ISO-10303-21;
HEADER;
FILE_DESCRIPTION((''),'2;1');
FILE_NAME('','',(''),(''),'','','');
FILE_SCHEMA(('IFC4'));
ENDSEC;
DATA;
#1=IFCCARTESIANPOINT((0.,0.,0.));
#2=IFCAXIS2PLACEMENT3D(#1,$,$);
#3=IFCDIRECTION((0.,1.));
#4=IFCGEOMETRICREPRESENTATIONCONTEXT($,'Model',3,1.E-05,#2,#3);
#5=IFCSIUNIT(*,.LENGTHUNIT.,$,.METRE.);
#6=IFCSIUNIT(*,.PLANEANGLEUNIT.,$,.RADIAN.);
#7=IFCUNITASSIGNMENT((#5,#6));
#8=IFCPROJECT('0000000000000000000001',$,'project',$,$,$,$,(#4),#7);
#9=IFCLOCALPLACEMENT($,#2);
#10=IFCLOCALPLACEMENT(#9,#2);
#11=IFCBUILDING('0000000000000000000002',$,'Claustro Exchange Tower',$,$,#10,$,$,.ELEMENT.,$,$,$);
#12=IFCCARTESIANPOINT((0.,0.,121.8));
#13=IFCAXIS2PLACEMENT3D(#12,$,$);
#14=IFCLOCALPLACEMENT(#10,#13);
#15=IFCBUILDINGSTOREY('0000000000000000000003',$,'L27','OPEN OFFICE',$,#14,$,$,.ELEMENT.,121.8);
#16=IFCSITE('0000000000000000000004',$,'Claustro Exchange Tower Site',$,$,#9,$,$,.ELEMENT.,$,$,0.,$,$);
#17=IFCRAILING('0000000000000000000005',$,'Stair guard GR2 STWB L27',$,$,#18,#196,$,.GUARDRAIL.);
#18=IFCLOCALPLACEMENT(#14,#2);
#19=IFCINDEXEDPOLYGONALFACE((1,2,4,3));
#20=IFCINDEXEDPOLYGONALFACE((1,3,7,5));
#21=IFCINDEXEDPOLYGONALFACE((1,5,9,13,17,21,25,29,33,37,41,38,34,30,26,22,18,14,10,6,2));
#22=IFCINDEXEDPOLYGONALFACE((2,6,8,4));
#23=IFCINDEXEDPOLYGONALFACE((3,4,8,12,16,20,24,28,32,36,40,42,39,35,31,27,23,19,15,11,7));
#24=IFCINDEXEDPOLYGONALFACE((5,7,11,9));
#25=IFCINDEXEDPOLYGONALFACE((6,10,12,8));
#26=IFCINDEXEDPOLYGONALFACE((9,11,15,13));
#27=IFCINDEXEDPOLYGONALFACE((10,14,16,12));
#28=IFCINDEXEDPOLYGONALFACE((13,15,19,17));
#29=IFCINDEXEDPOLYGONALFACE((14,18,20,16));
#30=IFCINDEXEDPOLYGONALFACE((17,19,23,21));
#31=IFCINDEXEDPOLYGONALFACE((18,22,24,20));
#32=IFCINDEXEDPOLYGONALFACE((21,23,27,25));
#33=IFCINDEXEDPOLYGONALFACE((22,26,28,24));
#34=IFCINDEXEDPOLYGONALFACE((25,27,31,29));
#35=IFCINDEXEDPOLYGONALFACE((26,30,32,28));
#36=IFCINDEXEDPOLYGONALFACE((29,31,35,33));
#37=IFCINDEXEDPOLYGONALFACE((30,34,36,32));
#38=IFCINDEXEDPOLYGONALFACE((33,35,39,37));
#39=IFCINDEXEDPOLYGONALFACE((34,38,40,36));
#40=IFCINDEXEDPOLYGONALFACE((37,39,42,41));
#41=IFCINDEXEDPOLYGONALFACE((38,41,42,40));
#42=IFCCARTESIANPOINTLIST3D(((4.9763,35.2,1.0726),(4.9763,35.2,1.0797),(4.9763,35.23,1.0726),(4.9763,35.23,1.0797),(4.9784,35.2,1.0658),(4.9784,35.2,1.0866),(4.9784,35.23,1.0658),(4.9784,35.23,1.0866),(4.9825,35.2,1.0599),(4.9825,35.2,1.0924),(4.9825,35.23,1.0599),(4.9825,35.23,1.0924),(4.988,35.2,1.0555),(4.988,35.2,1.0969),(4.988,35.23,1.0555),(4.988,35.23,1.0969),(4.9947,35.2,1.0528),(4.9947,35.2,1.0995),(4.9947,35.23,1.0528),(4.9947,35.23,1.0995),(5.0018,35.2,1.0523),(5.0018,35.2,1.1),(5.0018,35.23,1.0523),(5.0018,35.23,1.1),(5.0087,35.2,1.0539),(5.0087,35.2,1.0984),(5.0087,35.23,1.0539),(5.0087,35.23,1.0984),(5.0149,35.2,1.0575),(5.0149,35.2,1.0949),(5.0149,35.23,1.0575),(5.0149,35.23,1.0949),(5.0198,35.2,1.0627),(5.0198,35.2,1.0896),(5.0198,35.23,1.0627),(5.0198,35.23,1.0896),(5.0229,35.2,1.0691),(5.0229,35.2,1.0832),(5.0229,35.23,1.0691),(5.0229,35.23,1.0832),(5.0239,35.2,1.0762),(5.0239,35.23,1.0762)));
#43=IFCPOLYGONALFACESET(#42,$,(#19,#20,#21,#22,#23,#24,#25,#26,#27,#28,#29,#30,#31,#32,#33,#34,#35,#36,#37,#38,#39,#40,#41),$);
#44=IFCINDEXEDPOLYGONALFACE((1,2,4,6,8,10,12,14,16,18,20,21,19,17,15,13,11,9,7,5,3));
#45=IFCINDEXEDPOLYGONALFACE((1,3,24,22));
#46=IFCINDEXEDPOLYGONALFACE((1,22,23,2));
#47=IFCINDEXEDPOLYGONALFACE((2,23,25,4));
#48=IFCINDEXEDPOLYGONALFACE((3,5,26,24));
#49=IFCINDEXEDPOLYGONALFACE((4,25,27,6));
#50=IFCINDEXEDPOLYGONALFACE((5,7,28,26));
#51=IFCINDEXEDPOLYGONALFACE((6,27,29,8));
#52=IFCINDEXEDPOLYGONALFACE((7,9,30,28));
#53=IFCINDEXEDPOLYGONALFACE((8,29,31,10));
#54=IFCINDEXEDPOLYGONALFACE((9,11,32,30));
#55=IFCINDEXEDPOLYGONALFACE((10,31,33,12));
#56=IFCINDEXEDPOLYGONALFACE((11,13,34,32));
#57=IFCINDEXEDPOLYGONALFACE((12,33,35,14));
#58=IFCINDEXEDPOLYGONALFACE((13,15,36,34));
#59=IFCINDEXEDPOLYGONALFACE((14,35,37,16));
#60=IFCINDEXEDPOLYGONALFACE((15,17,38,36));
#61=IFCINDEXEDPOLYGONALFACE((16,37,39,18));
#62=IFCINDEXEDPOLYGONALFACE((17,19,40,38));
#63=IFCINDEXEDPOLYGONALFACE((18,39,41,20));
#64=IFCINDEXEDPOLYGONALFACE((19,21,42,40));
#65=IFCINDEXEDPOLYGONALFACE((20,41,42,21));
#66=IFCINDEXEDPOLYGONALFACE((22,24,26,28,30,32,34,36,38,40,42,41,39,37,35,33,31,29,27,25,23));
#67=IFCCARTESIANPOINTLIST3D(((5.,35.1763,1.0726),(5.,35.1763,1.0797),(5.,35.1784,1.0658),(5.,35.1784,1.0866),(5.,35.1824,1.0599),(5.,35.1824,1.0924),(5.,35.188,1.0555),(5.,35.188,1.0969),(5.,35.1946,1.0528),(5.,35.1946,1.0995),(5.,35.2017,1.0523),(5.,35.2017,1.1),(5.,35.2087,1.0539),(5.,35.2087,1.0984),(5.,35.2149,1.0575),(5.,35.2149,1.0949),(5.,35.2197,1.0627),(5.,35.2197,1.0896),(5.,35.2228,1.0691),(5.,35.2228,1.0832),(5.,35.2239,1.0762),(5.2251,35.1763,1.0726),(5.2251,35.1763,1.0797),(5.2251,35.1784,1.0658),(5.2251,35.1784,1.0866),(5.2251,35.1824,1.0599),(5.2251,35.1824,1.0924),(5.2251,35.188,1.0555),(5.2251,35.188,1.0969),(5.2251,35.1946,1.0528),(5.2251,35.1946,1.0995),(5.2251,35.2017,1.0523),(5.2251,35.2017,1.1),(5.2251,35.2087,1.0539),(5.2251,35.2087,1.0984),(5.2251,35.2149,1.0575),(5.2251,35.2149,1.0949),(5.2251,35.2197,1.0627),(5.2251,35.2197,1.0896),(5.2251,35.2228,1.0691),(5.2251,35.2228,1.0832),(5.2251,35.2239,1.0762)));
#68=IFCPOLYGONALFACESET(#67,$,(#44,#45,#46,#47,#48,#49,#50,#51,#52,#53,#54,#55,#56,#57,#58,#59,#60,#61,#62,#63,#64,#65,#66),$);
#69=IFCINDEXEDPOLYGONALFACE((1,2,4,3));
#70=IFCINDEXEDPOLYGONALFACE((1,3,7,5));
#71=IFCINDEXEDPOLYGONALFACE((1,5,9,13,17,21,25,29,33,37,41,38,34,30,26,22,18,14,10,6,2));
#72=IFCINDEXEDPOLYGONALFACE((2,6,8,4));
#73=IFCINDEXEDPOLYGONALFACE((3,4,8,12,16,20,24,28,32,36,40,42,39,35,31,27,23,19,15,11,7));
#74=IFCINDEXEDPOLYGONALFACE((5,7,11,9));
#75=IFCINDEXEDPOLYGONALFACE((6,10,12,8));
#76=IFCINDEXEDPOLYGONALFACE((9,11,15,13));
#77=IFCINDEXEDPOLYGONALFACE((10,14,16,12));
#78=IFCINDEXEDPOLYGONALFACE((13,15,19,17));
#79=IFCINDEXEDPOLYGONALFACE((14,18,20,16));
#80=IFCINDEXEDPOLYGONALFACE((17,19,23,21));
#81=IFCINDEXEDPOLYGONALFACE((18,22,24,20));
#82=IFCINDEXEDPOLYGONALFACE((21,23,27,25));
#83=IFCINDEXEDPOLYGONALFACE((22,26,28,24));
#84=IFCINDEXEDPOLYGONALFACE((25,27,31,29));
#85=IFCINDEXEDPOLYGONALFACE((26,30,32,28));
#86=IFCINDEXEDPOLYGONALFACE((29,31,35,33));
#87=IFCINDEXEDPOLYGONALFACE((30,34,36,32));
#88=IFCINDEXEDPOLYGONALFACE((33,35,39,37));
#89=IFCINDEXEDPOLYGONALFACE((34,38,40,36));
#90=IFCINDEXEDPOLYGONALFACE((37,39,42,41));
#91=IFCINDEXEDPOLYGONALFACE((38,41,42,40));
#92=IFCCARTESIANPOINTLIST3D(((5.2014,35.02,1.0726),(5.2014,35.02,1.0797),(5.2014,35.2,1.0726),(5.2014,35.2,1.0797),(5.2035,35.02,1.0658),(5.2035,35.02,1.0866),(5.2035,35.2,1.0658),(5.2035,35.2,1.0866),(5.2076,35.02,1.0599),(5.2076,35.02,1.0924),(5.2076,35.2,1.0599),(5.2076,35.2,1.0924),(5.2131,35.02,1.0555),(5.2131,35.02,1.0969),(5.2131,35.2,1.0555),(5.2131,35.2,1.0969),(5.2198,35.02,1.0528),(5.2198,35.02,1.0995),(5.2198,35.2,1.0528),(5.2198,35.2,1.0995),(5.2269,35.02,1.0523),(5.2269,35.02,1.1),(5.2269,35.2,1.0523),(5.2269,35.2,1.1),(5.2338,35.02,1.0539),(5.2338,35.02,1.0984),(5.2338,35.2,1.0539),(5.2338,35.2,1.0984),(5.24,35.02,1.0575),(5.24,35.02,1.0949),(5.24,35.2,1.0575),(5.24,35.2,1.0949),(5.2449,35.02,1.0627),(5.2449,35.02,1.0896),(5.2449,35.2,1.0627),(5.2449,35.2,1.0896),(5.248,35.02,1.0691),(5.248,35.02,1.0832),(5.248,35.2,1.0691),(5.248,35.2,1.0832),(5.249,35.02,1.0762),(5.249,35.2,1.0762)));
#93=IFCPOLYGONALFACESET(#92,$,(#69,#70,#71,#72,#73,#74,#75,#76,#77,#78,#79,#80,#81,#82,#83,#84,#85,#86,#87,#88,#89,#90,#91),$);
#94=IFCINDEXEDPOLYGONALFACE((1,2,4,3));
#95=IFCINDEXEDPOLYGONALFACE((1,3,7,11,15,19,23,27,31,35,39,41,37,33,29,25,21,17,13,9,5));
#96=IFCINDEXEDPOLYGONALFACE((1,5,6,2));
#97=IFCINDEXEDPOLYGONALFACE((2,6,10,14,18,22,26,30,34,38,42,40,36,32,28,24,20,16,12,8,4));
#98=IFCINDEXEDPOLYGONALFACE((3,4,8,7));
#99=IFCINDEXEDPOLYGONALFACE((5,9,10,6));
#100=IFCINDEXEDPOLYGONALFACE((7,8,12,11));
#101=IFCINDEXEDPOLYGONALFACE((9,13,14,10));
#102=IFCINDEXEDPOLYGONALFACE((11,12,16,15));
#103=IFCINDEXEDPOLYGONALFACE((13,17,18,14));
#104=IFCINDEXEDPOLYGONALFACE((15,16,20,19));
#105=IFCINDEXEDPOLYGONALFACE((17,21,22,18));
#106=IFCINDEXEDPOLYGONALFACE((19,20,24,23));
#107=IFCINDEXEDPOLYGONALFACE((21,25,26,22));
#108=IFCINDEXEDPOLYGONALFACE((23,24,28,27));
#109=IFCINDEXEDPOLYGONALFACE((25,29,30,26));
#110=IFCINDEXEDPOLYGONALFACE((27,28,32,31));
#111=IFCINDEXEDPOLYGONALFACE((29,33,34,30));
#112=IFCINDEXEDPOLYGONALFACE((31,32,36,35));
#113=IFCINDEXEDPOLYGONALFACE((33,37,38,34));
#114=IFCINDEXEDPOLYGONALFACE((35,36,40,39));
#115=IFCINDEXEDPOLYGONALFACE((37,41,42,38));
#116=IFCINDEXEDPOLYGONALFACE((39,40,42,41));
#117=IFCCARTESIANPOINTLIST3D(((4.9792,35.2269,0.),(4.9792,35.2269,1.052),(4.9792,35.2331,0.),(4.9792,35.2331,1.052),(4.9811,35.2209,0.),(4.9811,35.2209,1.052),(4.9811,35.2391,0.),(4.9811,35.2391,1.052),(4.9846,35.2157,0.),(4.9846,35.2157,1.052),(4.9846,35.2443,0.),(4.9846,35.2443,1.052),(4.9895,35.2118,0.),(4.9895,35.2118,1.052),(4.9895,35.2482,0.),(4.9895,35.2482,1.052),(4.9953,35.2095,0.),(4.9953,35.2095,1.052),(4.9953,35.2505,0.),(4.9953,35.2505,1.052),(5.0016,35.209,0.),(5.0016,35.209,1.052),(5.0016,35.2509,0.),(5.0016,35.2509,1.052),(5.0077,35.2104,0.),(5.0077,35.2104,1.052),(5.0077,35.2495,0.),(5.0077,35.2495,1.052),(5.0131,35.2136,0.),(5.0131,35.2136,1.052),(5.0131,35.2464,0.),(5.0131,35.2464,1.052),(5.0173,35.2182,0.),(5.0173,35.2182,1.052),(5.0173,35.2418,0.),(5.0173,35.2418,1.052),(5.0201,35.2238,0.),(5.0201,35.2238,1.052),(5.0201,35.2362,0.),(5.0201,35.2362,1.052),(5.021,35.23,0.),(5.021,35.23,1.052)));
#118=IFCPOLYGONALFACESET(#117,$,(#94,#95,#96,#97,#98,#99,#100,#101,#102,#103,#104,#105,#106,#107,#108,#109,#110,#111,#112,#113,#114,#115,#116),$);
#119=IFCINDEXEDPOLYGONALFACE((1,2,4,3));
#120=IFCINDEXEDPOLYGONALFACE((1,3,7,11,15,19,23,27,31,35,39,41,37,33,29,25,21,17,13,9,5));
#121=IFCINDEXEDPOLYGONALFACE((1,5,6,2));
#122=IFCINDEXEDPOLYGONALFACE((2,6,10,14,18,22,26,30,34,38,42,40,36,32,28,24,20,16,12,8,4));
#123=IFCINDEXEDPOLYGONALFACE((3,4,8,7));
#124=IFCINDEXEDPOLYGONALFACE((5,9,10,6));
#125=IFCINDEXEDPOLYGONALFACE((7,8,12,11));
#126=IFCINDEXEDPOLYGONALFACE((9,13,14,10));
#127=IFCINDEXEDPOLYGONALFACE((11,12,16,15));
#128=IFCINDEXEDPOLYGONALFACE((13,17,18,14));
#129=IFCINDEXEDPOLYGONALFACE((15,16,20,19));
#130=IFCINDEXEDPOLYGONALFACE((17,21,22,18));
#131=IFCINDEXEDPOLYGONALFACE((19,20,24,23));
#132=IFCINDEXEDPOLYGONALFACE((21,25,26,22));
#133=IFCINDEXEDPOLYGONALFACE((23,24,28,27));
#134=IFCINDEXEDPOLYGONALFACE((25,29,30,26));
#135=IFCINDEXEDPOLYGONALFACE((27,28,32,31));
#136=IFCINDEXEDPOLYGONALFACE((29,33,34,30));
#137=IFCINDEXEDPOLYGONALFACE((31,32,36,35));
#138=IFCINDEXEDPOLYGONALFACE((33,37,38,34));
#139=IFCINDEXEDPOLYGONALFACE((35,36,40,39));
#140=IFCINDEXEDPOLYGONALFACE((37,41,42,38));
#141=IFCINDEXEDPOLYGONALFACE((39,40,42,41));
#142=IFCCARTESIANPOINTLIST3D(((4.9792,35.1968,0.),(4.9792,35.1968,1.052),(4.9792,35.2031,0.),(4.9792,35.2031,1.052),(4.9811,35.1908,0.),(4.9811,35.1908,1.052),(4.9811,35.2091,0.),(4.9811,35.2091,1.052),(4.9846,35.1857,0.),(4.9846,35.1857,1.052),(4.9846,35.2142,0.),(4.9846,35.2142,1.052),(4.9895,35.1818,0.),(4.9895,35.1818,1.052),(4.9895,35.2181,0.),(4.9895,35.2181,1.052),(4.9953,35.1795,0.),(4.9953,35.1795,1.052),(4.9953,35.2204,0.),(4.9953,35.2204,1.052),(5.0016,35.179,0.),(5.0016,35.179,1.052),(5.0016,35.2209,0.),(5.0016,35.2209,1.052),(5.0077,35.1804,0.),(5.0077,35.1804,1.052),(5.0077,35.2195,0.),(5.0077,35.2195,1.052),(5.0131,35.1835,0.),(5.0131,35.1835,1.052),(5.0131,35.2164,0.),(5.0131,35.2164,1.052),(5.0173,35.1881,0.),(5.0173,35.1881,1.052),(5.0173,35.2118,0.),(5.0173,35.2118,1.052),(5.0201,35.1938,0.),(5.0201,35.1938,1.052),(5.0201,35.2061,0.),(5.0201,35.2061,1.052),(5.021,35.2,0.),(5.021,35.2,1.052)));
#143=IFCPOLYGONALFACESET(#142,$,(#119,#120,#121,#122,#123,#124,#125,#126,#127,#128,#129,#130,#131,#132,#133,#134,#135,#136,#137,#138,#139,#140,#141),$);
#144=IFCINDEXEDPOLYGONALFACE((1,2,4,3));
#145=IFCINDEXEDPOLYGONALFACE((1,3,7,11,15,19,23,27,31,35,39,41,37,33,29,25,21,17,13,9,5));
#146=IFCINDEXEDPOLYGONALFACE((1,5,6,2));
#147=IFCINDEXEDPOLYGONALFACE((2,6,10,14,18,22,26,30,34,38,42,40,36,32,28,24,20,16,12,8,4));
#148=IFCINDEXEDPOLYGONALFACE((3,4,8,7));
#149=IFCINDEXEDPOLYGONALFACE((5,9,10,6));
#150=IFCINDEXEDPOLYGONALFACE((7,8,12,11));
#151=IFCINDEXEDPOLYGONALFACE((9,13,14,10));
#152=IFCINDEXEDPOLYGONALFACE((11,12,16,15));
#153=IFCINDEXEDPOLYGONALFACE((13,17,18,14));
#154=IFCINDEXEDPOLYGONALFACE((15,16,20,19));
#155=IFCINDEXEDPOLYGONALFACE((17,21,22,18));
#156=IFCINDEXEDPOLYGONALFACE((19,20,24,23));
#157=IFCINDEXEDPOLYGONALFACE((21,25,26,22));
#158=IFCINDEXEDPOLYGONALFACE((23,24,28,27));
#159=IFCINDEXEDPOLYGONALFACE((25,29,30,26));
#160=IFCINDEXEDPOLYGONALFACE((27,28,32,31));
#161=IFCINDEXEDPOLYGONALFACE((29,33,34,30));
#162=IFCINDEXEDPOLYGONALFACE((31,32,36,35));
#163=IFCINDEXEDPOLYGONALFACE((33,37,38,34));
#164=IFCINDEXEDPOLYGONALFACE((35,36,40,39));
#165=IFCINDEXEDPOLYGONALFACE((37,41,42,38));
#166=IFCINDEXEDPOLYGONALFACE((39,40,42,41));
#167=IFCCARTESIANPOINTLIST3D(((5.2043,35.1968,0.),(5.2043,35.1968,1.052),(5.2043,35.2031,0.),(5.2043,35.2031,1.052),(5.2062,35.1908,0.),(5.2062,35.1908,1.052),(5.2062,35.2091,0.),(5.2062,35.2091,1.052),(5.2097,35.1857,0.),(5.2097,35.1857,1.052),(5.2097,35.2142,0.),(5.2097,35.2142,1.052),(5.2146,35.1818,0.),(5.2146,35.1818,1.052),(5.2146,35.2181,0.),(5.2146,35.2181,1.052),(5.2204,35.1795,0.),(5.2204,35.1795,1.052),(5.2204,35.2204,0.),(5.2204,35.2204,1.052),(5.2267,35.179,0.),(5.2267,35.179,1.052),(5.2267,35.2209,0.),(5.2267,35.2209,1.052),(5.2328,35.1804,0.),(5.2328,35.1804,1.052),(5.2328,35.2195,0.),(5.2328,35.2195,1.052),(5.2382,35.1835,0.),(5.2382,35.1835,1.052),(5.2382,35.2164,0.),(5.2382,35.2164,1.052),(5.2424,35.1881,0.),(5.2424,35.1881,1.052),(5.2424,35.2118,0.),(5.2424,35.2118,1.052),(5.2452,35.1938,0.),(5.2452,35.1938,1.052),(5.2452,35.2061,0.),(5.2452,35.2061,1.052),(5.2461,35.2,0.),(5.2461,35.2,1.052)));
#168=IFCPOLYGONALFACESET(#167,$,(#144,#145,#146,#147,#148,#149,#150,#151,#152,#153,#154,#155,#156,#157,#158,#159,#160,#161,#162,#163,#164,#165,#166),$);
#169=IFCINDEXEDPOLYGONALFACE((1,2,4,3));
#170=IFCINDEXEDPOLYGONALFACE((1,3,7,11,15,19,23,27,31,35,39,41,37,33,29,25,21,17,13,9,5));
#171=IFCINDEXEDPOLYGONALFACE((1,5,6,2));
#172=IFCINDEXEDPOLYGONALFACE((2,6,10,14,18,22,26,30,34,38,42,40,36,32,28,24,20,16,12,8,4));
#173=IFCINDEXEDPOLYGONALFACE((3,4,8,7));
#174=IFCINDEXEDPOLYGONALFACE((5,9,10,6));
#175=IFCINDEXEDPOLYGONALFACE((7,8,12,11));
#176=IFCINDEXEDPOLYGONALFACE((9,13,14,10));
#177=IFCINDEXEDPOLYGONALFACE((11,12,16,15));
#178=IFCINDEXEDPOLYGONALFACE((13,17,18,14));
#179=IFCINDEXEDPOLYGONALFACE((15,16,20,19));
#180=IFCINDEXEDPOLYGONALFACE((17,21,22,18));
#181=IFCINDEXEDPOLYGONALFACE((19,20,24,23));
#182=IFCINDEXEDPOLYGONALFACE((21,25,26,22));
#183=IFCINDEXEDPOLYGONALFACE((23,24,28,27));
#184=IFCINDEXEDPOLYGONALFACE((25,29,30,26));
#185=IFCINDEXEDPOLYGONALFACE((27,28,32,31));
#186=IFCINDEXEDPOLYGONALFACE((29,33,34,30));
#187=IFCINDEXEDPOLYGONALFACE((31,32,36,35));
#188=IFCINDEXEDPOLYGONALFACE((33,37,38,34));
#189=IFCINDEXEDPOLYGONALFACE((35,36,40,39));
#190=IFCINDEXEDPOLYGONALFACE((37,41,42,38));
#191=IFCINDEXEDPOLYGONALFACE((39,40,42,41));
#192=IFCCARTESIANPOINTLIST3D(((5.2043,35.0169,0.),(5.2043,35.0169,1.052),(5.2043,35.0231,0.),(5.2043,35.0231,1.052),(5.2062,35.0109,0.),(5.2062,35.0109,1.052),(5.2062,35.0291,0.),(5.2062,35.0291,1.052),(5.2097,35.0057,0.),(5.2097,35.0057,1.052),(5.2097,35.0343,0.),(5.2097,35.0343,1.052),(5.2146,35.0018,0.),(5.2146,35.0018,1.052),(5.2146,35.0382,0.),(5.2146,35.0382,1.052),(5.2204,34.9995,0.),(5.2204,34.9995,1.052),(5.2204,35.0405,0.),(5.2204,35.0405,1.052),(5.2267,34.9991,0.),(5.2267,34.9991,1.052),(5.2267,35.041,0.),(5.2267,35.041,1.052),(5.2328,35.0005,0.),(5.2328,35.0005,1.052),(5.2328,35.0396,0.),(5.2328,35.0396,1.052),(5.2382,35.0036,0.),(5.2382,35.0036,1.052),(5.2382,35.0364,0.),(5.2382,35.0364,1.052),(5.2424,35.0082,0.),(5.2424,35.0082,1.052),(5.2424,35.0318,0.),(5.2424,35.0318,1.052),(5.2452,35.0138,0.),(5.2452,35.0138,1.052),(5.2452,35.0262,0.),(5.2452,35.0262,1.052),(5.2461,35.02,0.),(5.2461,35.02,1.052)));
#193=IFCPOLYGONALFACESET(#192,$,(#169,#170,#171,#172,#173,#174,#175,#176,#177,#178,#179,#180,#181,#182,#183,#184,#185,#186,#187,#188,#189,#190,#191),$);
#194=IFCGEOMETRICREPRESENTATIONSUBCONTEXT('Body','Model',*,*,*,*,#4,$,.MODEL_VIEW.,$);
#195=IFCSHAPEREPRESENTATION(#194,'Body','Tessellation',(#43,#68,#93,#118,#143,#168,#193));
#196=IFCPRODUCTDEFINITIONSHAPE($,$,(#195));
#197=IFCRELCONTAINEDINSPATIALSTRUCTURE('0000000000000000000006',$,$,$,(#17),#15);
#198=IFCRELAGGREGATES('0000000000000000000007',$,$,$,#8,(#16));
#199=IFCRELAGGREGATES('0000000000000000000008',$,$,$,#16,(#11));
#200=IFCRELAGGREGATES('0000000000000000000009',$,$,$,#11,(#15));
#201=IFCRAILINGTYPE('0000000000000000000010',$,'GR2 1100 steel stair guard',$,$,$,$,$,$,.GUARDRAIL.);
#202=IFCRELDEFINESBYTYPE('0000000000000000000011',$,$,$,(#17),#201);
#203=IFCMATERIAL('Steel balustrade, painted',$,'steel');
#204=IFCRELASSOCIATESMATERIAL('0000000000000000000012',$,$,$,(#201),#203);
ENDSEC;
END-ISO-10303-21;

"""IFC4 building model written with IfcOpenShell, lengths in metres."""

from ifc_helpers import new_model, si_unit, direction, frame, origin, origin_2d, place, context, subcontext, project, spatial, circle, extrude, material, type_object, element, save


model = new_model("IFC4")

# Units and contexts
model_context = context("Model", 3, precision=1e-05, world=origin(), true_north=direction((0.0, 1.0)))
body_context = subcontext(model_context, "Body", "Model", "MODEL_VIEW")
ifc_project = project(units=[si_unit("LENGTHUNIT", "METRE"), si_unit("PLANEANGLEUNIT", "RADIAN")], contexts=[model_context])

# Site, building, storey
site_placement = place(None, origin())
site = spatial("IfcSite", under=ifc_project, at=site_placement, Name="Claustro Exchange Tower Site", CompositionType="ELEMENT", RefElevation=0.0)
building_placement = place(site_placement, origin())
building = spatial("IfcBuilding", under=site, at=building_placement, Name="Claustro Exchange Tower", CompositionType="ELEMENT")
storey_placement = place(building_placement, frame((0.0, 0.0, 121.8)))
storey = spatial("IfcBuildingStorey", under=building, at=storey_placement, Name="L27", Description="OPEN OFFICE", CompositionType="ELEMENT", Elevation=121.8)

# Railing
ifc_material_1 = material(Name="Steel balustrade, painted", Category="steel")
railing_type_1 = type_object("IfcRailingType", Name="GR2 1100 steel stair guard", PredefinedType="GUARDRAIL", material=ifc_material_1)
railing_1_placement = place(storey_placement, frame((5.0, 35.23, 0.0)))
element("IfcRailing", 1, at=railing_1_placement, inside=storey, type_object=railing_type_1, Name="Stair guard GR2 STWB L27", PredefinedType="GUARDRAIL", context=body_context, shape_type="SweptSolid", body=[
    extrude(circle(Radius=0.0239, at=origin_2d()), frame((0.0, 0.0, 1.0762), z_axis=(0.0, -1.0, 0.0), x_axis=(1.0, 0.0, 0.0)), (0.0, 0.0, 1.0), 0.03),
    extrude(circle(Radius=0.0239, at=origin_2d()), frame((0.0, -0.03, 1.0762), z_axis=(1.0, 0.0, 0.0), x_axis=(0.0, 1.0, 0.0)), (0.0, 0.0, 1.0), 0.2251),
    extrude(circle(Radius=0.0239, at=origin_2d()), frame((0.2251, -0.03, 1.0762), z_axis=(0.0, -1.0, 0.0), x_axis=(1.0, 0.0, 0.0)), (0.0, 0.0, 1.0), 0.1799),
    extrude(circle(Radius=0.021, at=origin_2d()), origin(), (0.0, 0.0, 1.0), 1.052),
    extrude(circle(Radius=0.021, at=origin_2d()), frame((0.0, -0.03, 0.0)), (0.0, 0.0, 1.0), 1.052),
    extrude(circle(Radius=0.021, at=origin_2d()), frame((0.2251, -0.03, 0.0)), (0.0, 0.0, 1.0), 1.052),
    extrude(circle(Radius=0.021, at=origin_2d()), frame((0.2251, -0.21, 0.0)), (0.0, 0.0, 1.0), 1.052),
])

save(model, "model.ifc")
